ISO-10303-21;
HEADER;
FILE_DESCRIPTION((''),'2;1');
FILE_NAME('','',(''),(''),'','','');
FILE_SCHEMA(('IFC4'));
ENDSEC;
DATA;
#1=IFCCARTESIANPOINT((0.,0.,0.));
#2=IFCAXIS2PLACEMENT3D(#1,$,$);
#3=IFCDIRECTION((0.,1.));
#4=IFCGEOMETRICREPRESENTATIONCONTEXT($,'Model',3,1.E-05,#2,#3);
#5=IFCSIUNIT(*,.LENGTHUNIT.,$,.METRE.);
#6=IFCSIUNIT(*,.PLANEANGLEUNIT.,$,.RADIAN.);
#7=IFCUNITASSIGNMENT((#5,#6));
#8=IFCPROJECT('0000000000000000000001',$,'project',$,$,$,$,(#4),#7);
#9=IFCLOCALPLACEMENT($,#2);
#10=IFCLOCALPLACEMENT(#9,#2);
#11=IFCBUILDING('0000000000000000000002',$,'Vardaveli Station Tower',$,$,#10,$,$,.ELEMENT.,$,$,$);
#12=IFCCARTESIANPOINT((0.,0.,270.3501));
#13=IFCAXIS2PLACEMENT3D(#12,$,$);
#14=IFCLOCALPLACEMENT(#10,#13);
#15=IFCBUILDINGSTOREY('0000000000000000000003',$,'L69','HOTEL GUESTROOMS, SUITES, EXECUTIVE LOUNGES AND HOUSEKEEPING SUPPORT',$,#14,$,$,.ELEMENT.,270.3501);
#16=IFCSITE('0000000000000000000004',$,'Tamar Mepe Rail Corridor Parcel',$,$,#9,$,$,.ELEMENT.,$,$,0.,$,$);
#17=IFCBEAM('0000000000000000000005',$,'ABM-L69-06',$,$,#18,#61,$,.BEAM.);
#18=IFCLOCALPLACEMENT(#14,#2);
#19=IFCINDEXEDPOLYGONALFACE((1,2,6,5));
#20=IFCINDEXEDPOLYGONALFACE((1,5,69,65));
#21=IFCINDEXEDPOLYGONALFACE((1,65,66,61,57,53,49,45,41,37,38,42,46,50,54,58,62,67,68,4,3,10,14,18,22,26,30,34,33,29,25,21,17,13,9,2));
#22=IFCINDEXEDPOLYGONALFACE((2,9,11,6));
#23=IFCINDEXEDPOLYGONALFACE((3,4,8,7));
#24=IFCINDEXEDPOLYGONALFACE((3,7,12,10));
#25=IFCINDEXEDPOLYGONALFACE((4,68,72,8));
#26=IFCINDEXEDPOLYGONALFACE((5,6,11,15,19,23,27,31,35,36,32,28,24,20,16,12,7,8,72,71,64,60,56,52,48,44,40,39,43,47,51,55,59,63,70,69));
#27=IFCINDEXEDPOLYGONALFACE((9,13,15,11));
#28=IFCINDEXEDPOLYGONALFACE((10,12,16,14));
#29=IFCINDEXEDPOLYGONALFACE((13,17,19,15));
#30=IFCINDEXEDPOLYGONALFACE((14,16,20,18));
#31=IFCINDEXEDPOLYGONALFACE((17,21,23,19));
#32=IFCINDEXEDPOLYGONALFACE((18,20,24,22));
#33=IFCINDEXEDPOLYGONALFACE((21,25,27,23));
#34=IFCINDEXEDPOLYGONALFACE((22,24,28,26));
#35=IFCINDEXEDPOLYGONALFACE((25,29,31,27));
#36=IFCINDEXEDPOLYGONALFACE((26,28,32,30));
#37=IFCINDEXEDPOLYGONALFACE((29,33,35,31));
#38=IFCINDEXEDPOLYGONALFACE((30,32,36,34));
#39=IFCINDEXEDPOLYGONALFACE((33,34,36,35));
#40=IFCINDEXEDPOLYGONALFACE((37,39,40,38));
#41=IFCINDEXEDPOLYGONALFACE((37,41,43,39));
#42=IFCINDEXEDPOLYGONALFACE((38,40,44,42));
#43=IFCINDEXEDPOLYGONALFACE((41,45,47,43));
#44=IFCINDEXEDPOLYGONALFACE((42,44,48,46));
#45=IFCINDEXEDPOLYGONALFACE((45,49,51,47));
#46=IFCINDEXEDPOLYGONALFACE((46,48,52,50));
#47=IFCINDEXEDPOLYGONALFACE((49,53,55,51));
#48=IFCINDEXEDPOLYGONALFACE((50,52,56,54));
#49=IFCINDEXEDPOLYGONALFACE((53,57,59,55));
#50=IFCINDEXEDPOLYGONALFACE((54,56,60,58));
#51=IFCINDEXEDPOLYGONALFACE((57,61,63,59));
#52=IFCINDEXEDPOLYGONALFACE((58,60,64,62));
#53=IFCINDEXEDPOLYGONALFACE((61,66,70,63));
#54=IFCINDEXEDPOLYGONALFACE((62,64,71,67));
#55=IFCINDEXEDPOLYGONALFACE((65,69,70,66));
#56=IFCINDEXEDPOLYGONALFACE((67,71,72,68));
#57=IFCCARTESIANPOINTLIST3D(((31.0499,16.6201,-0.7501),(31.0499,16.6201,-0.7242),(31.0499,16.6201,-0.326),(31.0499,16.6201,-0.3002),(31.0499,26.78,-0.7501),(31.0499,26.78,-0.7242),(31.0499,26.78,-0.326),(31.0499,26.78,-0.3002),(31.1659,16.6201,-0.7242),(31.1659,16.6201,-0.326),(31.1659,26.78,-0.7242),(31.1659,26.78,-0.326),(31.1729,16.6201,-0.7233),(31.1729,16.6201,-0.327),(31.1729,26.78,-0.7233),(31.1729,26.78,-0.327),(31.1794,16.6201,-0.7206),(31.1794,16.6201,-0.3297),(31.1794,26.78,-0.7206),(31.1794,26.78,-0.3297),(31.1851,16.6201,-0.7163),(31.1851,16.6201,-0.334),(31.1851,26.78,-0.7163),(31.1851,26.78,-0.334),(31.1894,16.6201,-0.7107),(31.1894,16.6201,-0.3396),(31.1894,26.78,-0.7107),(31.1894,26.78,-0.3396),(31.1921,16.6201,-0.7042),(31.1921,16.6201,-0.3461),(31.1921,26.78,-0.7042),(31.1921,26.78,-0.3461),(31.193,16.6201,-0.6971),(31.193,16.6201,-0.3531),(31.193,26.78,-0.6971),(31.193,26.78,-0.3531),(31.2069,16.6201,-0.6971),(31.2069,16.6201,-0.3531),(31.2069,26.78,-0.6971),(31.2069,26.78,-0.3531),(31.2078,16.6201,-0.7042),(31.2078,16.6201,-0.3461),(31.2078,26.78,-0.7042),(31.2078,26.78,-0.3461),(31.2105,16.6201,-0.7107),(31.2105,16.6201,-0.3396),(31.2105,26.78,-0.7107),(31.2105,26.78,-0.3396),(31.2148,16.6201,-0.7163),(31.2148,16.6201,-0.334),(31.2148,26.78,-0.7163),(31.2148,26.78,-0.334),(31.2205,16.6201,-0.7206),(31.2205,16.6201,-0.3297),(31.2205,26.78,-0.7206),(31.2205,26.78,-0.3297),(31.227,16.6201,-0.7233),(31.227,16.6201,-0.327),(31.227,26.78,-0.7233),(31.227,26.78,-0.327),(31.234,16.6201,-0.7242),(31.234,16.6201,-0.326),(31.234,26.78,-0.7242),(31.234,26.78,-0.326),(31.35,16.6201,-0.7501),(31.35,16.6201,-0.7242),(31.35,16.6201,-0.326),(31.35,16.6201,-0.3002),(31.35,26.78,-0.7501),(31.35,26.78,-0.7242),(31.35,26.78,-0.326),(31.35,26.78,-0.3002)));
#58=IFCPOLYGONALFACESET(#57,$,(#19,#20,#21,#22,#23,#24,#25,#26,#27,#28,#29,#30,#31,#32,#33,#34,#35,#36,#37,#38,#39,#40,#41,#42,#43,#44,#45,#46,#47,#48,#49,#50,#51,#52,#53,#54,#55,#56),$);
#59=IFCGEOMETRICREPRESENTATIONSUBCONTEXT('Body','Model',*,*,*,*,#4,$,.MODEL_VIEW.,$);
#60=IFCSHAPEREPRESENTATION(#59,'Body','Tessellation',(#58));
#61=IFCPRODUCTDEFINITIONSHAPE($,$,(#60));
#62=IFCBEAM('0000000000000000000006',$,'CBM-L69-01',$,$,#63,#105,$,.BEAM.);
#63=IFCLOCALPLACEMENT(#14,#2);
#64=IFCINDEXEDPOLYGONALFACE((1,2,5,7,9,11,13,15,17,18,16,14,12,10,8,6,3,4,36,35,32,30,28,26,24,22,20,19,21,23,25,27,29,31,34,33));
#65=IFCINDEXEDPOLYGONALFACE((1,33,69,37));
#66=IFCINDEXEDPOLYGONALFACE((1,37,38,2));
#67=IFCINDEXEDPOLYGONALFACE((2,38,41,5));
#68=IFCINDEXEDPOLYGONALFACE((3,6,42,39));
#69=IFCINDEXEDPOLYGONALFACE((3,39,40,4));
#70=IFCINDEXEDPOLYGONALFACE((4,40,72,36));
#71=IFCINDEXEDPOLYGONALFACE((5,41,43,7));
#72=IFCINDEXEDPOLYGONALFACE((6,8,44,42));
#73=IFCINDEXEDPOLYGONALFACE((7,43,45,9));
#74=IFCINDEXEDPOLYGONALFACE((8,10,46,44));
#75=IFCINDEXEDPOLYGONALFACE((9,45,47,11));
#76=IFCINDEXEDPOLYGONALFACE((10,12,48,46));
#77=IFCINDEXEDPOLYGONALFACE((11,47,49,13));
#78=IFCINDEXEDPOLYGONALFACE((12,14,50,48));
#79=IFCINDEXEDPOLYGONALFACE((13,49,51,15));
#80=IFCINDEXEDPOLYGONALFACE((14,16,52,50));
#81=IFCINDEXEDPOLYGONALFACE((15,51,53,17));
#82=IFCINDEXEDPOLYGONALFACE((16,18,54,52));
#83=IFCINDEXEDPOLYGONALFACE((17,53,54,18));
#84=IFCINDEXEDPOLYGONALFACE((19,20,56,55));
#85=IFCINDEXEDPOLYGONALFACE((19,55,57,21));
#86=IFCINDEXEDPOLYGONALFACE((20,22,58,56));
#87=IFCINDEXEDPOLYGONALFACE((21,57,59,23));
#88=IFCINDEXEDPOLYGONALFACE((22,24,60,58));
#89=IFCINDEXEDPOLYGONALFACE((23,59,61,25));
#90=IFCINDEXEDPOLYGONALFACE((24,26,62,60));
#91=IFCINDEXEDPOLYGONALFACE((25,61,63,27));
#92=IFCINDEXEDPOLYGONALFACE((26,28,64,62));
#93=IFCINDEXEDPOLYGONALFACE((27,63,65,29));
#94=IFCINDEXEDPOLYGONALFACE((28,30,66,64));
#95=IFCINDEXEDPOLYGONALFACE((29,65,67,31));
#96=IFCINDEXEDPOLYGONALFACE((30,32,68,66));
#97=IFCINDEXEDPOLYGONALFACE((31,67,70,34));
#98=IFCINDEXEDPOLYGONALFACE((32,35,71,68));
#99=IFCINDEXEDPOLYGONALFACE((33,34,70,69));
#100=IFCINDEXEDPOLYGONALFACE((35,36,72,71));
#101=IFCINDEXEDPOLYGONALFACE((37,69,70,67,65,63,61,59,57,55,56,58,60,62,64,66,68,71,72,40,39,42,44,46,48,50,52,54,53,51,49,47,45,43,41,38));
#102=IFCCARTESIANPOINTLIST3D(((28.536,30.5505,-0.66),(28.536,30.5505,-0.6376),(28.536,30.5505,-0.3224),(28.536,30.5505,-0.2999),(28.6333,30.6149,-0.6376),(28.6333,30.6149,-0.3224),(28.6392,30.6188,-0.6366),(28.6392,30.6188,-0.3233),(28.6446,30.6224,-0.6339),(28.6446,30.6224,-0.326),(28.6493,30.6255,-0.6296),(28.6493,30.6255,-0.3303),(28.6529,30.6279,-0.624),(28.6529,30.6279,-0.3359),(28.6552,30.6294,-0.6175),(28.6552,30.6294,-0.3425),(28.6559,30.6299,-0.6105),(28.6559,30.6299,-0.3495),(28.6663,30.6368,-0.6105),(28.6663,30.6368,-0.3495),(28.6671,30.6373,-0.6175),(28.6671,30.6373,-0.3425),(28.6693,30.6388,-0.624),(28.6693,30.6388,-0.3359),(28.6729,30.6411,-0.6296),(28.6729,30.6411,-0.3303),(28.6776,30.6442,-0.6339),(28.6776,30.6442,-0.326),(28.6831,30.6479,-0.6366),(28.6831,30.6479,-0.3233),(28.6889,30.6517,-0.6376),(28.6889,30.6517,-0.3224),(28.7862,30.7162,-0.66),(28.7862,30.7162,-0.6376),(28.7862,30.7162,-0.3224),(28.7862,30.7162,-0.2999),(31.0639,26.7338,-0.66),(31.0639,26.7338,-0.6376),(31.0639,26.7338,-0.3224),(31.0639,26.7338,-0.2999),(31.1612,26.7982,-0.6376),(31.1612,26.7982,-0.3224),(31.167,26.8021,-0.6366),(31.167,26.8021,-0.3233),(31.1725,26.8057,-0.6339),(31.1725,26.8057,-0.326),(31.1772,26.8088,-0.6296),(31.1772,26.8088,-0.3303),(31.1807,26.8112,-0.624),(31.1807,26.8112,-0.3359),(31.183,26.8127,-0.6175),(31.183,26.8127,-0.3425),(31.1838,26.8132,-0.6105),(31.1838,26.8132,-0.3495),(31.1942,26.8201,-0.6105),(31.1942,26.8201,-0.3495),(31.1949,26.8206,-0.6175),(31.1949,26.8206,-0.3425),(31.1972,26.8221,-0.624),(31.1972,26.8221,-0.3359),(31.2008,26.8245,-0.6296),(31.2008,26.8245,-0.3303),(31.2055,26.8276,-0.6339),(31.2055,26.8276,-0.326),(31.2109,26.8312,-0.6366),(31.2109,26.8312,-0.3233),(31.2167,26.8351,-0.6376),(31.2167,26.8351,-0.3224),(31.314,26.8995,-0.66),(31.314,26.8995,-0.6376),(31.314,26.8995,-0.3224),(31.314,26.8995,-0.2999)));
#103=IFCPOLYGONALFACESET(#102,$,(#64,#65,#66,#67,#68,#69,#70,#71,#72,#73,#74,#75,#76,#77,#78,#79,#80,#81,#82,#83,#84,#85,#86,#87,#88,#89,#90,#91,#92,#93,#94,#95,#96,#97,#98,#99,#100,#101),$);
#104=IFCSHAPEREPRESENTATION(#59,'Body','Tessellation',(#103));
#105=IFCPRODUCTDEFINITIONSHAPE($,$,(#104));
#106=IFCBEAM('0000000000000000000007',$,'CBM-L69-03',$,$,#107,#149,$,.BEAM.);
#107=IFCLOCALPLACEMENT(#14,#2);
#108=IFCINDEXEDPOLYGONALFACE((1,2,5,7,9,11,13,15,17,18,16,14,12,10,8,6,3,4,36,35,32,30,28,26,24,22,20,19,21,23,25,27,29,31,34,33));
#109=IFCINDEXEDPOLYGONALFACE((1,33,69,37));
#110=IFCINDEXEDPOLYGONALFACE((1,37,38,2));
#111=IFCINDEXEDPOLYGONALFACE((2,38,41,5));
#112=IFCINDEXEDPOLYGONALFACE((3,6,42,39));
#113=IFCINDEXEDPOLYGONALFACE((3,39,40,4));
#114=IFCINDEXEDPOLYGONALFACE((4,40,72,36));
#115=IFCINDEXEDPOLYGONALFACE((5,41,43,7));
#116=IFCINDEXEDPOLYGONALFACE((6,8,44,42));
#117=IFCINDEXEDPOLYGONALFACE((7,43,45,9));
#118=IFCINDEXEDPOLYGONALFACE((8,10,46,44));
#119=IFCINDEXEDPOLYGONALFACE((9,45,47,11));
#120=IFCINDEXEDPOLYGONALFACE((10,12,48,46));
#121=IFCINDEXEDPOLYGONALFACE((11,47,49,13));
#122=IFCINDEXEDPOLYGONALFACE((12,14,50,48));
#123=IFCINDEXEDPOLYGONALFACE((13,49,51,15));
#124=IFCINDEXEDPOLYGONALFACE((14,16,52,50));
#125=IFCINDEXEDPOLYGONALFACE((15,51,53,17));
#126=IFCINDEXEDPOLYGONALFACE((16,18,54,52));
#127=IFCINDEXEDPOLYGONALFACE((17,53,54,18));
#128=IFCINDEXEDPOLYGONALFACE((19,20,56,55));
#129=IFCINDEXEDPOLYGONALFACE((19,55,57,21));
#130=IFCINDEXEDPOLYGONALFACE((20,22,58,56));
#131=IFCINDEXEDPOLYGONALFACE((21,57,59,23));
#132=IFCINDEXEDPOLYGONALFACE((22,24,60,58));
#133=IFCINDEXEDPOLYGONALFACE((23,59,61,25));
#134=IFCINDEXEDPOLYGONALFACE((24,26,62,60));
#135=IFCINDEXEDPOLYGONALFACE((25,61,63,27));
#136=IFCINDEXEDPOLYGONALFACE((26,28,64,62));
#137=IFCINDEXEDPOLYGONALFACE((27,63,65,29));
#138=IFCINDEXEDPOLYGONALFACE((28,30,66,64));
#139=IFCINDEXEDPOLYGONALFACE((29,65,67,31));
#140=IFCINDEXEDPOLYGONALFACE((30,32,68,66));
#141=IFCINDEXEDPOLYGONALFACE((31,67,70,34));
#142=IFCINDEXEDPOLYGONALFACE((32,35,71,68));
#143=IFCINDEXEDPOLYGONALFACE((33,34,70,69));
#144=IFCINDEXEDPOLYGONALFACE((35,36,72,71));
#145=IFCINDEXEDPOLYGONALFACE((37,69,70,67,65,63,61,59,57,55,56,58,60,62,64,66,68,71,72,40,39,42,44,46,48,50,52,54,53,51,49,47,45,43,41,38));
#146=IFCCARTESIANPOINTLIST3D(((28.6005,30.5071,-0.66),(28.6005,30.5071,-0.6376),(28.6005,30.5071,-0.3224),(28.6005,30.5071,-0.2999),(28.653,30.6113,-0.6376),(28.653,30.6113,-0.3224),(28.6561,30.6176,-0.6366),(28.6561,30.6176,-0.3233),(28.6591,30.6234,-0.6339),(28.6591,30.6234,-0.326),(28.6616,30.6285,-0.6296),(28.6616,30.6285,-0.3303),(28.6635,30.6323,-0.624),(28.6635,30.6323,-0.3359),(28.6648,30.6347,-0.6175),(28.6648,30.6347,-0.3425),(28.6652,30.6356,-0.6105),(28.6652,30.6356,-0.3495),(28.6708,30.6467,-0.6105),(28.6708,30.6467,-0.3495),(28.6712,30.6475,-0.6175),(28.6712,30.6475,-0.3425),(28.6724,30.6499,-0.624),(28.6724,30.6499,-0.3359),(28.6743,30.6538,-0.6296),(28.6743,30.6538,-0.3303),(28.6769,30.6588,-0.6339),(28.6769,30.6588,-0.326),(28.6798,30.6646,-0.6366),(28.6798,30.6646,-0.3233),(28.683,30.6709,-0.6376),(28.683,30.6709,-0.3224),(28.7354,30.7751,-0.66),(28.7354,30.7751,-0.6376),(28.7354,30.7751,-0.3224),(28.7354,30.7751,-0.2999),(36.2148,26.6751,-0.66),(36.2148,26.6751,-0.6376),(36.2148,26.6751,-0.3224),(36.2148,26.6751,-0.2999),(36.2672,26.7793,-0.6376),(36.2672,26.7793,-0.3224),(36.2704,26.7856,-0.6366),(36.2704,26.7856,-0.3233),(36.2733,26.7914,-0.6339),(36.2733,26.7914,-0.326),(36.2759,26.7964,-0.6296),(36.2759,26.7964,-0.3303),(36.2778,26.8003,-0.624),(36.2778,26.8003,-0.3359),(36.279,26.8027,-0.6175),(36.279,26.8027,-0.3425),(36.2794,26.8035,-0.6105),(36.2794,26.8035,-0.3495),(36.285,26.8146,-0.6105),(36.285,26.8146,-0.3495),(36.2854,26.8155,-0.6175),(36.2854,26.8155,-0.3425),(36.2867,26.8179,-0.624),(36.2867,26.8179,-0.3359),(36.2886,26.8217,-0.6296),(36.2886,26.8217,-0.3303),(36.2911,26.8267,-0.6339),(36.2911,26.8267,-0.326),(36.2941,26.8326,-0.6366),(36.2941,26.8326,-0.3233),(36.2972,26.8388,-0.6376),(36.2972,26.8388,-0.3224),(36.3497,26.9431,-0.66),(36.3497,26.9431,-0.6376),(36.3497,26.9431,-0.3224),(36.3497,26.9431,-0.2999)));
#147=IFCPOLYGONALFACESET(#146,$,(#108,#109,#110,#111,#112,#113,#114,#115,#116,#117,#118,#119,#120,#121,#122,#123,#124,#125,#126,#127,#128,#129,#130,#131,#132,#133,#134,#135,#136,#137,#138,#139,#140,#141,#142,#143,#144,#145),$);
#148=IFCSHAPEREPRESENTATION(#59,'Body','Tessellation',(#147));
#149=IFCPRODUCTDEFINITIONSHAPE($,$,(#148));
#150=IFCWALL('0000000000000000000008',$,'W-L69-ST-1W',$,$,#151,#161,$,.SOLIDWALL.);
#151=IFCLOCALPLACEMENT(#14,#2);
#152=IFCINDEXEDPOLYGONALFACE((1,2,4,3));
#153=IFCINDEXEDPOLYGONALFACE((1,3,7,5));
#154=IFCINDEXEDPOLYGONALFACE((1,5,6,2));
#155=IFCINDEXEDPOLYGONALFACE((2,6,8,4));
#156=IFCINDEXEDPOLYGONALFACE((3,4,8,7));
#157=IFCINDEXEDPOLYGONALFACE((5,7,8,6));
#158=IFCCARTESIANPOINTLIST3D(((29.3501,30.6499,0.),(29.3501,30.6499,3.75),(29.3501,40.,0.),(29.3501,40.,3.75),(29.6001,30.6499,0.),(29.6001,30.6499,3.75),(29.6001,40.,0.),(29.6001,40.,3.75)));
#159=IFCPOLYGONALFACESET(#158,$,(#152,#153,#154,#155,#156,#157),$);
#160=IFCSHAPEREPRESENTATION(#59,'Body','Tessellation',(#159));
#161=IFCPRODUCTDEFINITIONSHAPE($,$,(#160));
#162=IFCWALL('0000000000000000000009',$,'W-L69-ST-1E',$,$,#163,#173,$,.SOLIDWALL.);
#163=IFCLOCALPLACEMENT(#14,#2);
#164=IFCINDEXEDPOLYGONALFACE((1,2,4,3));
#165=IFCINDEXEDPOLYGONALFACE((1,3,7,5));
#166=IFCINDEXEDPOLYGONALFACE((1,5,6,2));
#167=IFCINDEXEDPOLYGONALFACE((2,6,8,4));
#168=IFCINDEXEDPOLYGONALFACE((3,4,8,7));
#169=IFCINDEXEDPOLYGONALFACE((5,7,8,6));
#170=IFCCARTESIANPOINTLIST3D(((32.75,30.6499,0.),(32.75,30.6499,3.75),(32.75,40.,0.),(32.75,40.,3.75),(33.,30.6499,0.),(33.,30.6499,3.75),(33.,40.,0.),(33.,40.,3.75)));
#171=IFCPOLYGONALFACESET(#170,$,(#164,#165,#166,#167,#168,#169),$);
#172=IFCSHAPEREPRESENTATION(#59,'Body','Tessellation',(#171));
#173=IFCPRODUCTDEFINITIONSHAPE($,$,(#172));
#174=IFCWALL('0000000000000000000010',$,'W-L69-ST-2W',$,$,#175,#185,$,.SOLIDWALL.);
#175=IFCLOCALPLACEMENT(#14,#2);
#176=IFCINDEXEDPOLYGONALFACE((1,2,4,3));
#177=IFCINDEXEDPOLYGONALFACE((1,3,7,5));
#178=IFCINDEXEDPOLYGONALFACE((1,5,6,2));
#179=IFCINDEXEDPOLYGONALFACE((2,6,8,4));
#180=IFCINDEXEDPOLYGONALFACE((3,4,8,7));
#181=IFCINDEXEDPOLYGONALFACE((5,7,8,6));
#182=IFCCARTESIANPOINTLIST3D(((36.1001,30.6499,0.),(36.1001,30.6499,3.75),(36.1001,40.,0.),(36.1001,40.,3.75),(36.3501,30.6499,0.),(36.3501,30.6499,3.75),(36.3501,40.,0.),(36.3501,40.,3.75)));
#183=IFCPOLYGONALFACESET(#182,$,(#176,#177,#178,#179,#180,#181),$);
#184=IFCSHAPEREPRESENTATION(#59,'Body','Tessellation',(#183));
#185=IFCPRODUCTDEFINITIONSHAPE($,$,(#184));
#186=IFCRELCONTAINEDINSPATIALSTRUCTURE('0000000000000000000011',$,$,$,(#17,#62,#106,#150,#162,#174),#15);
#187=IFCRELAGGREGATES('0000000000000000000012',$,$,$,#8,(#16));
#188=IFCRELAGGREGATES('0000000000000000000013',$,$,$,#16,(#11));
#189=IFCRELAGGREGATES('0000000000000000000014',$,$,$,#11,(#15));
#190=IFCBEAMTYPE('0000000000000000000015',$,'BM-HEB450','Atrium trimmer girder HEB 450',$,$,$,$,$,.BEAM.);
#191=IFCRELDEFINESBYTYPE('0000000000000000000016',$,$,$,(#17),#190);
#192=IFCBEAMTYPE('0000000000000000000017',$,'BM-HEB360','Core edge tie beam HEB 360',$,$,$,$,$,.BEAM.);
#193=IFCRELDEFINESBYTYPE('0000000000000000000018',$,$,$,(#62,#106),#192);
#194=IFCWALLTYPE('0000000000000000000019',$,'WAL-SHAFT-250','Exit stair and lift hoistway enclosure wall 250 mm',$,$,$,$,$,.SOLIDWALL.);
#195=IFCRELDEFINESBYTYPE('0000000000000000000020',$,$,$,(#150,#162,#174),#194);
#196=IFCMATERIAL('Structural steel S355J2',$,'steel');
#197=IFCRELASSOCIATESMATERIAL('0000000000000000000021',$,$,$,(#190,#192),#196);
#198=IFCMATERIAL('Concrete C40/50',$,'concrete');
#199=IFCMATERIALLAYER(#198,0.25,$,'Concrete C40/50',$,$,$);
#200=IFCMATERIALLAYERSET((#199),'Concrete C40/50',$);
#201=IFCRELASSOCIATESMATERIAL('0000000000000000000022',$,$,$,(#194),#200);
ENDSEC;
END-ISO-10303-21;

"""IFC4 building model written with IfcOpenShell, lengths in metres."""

from ifc_helpers import new_model, si_unit, direction, frame, frame_2d, origin, origin_2d, place, context, subcontext, project, spatial, rectangle, i_section, extrude, source, transform, mapped, material, layer, layer_set, material_profile, profile_set, type_object, element, save


model = new_model("IFC4")

# Units and contexts
model_context = context("Model", 3, precision=1e-05, world=origin(), true_north=direction((0.0, 1.0)))
body_context = subcontext(model_context, "Body", "Model", "MODEL_VIEW")
ifc_project = project(units=[si_unit("LENGTHUNIT", "METRE"), si_unit("PLANEANGLEUNIT", "RADIAN")], contexts=[model_context])

# Site, building, storey
site_placement = place(None, origin())
site = spatial("IfcSite", under=ifc_project, at=site_placement, Name="Tamar Mepe Rail Corridor Parcel", CompositionType="ELEMENT", RefElevation=0.0)
building_placement = place(site_placement, origin())
building = spatial("IfcBuilding", under=site, at=building_placement, Name="Vardaveli Station Tower", CompositionType="ELEMENT")
storey_placement = place(building_placement, frame((0.0, 0.0, 270.3501)))
storey = spatial("IfcBuildingStorey", under=building, at=storey_placement, Name="L69", Description="HOTEL GUESTROOMS, SUITES, EXECUTIVE LOUNGES AND HOUSEKEEPING SUPPORT", CompositionType="ELEMENT", Elevation=270.3501)

# Beams
ifc_material_1 = material(Name="Structural steel S355J2", Category="steel")
ifc_material_profile_1 = material_profile(ifc_material_1, i_section(OverallWidth=0.3, OverallDepth=0.45, WebThickness=0.0139, FlangeThickness=0.0259, FilletRadius=0.0271, at=origin_2d()), Name="HEB 450")
ifc_profile_set_1 = profile_set([ifc_material_profile_1], Name="Structural steel S355J2")
beam_type_1 = type_object("IfcBeamType", Name="BM-HEB450", Description="Atrium trimmer girder HEB 450", PredefinedType="BEAM", material=ifc_profile_set_1)
shared_shape_1 = source(origin(), body_context, "Body", "SweptSolid", [
    extrude(i_section(OverallWidth=0.3, OverallDepth=0.45, WebThickness=0.0139, FlangeThickness=0.0259, FilletRadius=0.0271, at=origin_2d()), origin(), (0.0, 0.0, 1.0), 10.1599),
])
beam_1_placement = place(storey_placement, frame((31.2, 26.78, -0.5251), z_axis=(0.0, -1.0, 0.0), x_axis=(1.0, 0.0, 0.0)))
element("IfcBeam", 1, at=beam_1_placement, inside=storey, type_object=beam_type_1, Name="ABM-L69-06", PredefinedType="BEAM", context=body_context, shape_type="MappedRepresentation", body=[
    mapped(shared_shape_1, transform((0.0, 0.0, 0.0), scale=1.0)),
])
ifc_material_profile_2 = material_profile(ifc_material_1, i_section(OverallWidth=0.3, OverallDepth=0.3601, WebThickness=0.0125, FlangeThickness=0.0225, FilletRadius=0.0271, at=origin_2d()), Name="HEB 360")
ifc_profile_set_2 = profile_set([ifc_material_profile_2], Name="Structural steel S355J2")
beam_type_2 = type_object("IfcBeamType", Name="BM-HEB360", Description="Core edge tie beam HEB 360", PredefinedType="BEAM", material=ifc_profile_set_2)
shared_shape_2 = source(origin(), body_context, "Body", "SweptSolid", [
    extrude(i_section(OverallWidth=0.3, OverallDepth=0.3601, WebThickness=0.0125, FlangeThickness=0.0225, FilletRadius=0.0271, at=origin_2d()), origin(), (0.0, 0.0, 1.0), 4.5779),
])
beam_2_placement = place(storey_placement, frame((31.189, 26.8167, -0.48), z_axis=(-0.552187, 0.83372, 0.0), x_axis=(-0.83372, -0.552187, 0.0)))
element("IfcBeam", 2, at=beam_2_placement, inside=storey, type_object=beam_type_2, Name="CBM-L69-01", PredefinedType="BEAM", context=body_context, shape_type="MappedRepresentation", body=[
    mapped(shared_shape_2, transform((0.0, 0.0, 0.0), scale=1.0)),
])
shared_shape_3 = source(origin(), body_context, "Body", "SweptSolid", [
    extrude(i_section(OverallWidth=0.3, OverallDepth=0.3601, WebThickness=0.0125, FlangeThickness=0.0225, FilletRadius=0.0271, at=origin_2d()), origin(), (0.0, 0.0, 1.0), 8.5242),
])
beam_3_placement = place(storey_placement, frame((28.668, 30.6411, -0.48), z_axis=(0.893256, -0.449549, 0.0), x_axis=(0.449549, 0.893256, 0.0)))
element("IfcBeam", 3, at=beam_3_placement, inside=storey, type_object=beam_type_2, Name="CBM-L69-03", PredefinedType="BEAM", context=body_context, shape_type="MappedRepresentation", body=[
    mapped(shared_shape_3, transform((0.0, 0.0, 0.0), scale=1.0)),
])

# Walls
ifc_material_2 = material(Name="Concrete C40/50", Category="concrete")
ifc_layer_1 = layer(ifc_material_2, 0.25, Name="Concrete C40/50")
ifc_layer_set_1 = layer_set([ifc_layer_1], Name="Concrete C40/50")
wall_type_1 = type_object("IfcWallType", Name="WAL-SHAFT-250", Description="Exit stair and lift hoistway enclosure wall 250 mm", PredefinedType="SOLIDWALL", material=ifc_layer_set_1)
shared_shape_4 = source(origin(), body_context, "Body", "SweptSolid", [
    extrude(rectangle(XDim=9.3501, YDim=0.25, at=frame_2d((4.675, 0.0))), origin(), (0.0, 0.0, 1.0), 3.75),
])
for number, where, z_axis, x_axis, name in (
    (4, (29.4751, 30.6499, 0.0), (0.0, 0.0, 1.0), (0.0, 1.0, 0.0), "W-L69-ST-1W"),
    (5, (32.875, 30.6499, 0.0), (0.0, 0.0, 1.0), (0.0, 1.0, 0.0), "W-L69-ST-1E"),
    (6, (36.2251, 30.6499, 0.0), (0.0, 0.0, 1.0), (0.0, 1.0, 0.0), "W-L69-ST-2W"),
):
    element("IfcWall", number, at=place(storey_placement, frame(where, z_axis=z_axis, x_axis=x_axis)), inside=storey, type_object=wall_type_1, Name=name, PredefinedType="SOLIDWALL", context=body_context, shape_type="MappedRepresentation", body=[
        mapped(shared_shape_4, transform((0.0, 0.0, 0.0), scale=1.0)),
    ])

save(model, "model.ifc")
